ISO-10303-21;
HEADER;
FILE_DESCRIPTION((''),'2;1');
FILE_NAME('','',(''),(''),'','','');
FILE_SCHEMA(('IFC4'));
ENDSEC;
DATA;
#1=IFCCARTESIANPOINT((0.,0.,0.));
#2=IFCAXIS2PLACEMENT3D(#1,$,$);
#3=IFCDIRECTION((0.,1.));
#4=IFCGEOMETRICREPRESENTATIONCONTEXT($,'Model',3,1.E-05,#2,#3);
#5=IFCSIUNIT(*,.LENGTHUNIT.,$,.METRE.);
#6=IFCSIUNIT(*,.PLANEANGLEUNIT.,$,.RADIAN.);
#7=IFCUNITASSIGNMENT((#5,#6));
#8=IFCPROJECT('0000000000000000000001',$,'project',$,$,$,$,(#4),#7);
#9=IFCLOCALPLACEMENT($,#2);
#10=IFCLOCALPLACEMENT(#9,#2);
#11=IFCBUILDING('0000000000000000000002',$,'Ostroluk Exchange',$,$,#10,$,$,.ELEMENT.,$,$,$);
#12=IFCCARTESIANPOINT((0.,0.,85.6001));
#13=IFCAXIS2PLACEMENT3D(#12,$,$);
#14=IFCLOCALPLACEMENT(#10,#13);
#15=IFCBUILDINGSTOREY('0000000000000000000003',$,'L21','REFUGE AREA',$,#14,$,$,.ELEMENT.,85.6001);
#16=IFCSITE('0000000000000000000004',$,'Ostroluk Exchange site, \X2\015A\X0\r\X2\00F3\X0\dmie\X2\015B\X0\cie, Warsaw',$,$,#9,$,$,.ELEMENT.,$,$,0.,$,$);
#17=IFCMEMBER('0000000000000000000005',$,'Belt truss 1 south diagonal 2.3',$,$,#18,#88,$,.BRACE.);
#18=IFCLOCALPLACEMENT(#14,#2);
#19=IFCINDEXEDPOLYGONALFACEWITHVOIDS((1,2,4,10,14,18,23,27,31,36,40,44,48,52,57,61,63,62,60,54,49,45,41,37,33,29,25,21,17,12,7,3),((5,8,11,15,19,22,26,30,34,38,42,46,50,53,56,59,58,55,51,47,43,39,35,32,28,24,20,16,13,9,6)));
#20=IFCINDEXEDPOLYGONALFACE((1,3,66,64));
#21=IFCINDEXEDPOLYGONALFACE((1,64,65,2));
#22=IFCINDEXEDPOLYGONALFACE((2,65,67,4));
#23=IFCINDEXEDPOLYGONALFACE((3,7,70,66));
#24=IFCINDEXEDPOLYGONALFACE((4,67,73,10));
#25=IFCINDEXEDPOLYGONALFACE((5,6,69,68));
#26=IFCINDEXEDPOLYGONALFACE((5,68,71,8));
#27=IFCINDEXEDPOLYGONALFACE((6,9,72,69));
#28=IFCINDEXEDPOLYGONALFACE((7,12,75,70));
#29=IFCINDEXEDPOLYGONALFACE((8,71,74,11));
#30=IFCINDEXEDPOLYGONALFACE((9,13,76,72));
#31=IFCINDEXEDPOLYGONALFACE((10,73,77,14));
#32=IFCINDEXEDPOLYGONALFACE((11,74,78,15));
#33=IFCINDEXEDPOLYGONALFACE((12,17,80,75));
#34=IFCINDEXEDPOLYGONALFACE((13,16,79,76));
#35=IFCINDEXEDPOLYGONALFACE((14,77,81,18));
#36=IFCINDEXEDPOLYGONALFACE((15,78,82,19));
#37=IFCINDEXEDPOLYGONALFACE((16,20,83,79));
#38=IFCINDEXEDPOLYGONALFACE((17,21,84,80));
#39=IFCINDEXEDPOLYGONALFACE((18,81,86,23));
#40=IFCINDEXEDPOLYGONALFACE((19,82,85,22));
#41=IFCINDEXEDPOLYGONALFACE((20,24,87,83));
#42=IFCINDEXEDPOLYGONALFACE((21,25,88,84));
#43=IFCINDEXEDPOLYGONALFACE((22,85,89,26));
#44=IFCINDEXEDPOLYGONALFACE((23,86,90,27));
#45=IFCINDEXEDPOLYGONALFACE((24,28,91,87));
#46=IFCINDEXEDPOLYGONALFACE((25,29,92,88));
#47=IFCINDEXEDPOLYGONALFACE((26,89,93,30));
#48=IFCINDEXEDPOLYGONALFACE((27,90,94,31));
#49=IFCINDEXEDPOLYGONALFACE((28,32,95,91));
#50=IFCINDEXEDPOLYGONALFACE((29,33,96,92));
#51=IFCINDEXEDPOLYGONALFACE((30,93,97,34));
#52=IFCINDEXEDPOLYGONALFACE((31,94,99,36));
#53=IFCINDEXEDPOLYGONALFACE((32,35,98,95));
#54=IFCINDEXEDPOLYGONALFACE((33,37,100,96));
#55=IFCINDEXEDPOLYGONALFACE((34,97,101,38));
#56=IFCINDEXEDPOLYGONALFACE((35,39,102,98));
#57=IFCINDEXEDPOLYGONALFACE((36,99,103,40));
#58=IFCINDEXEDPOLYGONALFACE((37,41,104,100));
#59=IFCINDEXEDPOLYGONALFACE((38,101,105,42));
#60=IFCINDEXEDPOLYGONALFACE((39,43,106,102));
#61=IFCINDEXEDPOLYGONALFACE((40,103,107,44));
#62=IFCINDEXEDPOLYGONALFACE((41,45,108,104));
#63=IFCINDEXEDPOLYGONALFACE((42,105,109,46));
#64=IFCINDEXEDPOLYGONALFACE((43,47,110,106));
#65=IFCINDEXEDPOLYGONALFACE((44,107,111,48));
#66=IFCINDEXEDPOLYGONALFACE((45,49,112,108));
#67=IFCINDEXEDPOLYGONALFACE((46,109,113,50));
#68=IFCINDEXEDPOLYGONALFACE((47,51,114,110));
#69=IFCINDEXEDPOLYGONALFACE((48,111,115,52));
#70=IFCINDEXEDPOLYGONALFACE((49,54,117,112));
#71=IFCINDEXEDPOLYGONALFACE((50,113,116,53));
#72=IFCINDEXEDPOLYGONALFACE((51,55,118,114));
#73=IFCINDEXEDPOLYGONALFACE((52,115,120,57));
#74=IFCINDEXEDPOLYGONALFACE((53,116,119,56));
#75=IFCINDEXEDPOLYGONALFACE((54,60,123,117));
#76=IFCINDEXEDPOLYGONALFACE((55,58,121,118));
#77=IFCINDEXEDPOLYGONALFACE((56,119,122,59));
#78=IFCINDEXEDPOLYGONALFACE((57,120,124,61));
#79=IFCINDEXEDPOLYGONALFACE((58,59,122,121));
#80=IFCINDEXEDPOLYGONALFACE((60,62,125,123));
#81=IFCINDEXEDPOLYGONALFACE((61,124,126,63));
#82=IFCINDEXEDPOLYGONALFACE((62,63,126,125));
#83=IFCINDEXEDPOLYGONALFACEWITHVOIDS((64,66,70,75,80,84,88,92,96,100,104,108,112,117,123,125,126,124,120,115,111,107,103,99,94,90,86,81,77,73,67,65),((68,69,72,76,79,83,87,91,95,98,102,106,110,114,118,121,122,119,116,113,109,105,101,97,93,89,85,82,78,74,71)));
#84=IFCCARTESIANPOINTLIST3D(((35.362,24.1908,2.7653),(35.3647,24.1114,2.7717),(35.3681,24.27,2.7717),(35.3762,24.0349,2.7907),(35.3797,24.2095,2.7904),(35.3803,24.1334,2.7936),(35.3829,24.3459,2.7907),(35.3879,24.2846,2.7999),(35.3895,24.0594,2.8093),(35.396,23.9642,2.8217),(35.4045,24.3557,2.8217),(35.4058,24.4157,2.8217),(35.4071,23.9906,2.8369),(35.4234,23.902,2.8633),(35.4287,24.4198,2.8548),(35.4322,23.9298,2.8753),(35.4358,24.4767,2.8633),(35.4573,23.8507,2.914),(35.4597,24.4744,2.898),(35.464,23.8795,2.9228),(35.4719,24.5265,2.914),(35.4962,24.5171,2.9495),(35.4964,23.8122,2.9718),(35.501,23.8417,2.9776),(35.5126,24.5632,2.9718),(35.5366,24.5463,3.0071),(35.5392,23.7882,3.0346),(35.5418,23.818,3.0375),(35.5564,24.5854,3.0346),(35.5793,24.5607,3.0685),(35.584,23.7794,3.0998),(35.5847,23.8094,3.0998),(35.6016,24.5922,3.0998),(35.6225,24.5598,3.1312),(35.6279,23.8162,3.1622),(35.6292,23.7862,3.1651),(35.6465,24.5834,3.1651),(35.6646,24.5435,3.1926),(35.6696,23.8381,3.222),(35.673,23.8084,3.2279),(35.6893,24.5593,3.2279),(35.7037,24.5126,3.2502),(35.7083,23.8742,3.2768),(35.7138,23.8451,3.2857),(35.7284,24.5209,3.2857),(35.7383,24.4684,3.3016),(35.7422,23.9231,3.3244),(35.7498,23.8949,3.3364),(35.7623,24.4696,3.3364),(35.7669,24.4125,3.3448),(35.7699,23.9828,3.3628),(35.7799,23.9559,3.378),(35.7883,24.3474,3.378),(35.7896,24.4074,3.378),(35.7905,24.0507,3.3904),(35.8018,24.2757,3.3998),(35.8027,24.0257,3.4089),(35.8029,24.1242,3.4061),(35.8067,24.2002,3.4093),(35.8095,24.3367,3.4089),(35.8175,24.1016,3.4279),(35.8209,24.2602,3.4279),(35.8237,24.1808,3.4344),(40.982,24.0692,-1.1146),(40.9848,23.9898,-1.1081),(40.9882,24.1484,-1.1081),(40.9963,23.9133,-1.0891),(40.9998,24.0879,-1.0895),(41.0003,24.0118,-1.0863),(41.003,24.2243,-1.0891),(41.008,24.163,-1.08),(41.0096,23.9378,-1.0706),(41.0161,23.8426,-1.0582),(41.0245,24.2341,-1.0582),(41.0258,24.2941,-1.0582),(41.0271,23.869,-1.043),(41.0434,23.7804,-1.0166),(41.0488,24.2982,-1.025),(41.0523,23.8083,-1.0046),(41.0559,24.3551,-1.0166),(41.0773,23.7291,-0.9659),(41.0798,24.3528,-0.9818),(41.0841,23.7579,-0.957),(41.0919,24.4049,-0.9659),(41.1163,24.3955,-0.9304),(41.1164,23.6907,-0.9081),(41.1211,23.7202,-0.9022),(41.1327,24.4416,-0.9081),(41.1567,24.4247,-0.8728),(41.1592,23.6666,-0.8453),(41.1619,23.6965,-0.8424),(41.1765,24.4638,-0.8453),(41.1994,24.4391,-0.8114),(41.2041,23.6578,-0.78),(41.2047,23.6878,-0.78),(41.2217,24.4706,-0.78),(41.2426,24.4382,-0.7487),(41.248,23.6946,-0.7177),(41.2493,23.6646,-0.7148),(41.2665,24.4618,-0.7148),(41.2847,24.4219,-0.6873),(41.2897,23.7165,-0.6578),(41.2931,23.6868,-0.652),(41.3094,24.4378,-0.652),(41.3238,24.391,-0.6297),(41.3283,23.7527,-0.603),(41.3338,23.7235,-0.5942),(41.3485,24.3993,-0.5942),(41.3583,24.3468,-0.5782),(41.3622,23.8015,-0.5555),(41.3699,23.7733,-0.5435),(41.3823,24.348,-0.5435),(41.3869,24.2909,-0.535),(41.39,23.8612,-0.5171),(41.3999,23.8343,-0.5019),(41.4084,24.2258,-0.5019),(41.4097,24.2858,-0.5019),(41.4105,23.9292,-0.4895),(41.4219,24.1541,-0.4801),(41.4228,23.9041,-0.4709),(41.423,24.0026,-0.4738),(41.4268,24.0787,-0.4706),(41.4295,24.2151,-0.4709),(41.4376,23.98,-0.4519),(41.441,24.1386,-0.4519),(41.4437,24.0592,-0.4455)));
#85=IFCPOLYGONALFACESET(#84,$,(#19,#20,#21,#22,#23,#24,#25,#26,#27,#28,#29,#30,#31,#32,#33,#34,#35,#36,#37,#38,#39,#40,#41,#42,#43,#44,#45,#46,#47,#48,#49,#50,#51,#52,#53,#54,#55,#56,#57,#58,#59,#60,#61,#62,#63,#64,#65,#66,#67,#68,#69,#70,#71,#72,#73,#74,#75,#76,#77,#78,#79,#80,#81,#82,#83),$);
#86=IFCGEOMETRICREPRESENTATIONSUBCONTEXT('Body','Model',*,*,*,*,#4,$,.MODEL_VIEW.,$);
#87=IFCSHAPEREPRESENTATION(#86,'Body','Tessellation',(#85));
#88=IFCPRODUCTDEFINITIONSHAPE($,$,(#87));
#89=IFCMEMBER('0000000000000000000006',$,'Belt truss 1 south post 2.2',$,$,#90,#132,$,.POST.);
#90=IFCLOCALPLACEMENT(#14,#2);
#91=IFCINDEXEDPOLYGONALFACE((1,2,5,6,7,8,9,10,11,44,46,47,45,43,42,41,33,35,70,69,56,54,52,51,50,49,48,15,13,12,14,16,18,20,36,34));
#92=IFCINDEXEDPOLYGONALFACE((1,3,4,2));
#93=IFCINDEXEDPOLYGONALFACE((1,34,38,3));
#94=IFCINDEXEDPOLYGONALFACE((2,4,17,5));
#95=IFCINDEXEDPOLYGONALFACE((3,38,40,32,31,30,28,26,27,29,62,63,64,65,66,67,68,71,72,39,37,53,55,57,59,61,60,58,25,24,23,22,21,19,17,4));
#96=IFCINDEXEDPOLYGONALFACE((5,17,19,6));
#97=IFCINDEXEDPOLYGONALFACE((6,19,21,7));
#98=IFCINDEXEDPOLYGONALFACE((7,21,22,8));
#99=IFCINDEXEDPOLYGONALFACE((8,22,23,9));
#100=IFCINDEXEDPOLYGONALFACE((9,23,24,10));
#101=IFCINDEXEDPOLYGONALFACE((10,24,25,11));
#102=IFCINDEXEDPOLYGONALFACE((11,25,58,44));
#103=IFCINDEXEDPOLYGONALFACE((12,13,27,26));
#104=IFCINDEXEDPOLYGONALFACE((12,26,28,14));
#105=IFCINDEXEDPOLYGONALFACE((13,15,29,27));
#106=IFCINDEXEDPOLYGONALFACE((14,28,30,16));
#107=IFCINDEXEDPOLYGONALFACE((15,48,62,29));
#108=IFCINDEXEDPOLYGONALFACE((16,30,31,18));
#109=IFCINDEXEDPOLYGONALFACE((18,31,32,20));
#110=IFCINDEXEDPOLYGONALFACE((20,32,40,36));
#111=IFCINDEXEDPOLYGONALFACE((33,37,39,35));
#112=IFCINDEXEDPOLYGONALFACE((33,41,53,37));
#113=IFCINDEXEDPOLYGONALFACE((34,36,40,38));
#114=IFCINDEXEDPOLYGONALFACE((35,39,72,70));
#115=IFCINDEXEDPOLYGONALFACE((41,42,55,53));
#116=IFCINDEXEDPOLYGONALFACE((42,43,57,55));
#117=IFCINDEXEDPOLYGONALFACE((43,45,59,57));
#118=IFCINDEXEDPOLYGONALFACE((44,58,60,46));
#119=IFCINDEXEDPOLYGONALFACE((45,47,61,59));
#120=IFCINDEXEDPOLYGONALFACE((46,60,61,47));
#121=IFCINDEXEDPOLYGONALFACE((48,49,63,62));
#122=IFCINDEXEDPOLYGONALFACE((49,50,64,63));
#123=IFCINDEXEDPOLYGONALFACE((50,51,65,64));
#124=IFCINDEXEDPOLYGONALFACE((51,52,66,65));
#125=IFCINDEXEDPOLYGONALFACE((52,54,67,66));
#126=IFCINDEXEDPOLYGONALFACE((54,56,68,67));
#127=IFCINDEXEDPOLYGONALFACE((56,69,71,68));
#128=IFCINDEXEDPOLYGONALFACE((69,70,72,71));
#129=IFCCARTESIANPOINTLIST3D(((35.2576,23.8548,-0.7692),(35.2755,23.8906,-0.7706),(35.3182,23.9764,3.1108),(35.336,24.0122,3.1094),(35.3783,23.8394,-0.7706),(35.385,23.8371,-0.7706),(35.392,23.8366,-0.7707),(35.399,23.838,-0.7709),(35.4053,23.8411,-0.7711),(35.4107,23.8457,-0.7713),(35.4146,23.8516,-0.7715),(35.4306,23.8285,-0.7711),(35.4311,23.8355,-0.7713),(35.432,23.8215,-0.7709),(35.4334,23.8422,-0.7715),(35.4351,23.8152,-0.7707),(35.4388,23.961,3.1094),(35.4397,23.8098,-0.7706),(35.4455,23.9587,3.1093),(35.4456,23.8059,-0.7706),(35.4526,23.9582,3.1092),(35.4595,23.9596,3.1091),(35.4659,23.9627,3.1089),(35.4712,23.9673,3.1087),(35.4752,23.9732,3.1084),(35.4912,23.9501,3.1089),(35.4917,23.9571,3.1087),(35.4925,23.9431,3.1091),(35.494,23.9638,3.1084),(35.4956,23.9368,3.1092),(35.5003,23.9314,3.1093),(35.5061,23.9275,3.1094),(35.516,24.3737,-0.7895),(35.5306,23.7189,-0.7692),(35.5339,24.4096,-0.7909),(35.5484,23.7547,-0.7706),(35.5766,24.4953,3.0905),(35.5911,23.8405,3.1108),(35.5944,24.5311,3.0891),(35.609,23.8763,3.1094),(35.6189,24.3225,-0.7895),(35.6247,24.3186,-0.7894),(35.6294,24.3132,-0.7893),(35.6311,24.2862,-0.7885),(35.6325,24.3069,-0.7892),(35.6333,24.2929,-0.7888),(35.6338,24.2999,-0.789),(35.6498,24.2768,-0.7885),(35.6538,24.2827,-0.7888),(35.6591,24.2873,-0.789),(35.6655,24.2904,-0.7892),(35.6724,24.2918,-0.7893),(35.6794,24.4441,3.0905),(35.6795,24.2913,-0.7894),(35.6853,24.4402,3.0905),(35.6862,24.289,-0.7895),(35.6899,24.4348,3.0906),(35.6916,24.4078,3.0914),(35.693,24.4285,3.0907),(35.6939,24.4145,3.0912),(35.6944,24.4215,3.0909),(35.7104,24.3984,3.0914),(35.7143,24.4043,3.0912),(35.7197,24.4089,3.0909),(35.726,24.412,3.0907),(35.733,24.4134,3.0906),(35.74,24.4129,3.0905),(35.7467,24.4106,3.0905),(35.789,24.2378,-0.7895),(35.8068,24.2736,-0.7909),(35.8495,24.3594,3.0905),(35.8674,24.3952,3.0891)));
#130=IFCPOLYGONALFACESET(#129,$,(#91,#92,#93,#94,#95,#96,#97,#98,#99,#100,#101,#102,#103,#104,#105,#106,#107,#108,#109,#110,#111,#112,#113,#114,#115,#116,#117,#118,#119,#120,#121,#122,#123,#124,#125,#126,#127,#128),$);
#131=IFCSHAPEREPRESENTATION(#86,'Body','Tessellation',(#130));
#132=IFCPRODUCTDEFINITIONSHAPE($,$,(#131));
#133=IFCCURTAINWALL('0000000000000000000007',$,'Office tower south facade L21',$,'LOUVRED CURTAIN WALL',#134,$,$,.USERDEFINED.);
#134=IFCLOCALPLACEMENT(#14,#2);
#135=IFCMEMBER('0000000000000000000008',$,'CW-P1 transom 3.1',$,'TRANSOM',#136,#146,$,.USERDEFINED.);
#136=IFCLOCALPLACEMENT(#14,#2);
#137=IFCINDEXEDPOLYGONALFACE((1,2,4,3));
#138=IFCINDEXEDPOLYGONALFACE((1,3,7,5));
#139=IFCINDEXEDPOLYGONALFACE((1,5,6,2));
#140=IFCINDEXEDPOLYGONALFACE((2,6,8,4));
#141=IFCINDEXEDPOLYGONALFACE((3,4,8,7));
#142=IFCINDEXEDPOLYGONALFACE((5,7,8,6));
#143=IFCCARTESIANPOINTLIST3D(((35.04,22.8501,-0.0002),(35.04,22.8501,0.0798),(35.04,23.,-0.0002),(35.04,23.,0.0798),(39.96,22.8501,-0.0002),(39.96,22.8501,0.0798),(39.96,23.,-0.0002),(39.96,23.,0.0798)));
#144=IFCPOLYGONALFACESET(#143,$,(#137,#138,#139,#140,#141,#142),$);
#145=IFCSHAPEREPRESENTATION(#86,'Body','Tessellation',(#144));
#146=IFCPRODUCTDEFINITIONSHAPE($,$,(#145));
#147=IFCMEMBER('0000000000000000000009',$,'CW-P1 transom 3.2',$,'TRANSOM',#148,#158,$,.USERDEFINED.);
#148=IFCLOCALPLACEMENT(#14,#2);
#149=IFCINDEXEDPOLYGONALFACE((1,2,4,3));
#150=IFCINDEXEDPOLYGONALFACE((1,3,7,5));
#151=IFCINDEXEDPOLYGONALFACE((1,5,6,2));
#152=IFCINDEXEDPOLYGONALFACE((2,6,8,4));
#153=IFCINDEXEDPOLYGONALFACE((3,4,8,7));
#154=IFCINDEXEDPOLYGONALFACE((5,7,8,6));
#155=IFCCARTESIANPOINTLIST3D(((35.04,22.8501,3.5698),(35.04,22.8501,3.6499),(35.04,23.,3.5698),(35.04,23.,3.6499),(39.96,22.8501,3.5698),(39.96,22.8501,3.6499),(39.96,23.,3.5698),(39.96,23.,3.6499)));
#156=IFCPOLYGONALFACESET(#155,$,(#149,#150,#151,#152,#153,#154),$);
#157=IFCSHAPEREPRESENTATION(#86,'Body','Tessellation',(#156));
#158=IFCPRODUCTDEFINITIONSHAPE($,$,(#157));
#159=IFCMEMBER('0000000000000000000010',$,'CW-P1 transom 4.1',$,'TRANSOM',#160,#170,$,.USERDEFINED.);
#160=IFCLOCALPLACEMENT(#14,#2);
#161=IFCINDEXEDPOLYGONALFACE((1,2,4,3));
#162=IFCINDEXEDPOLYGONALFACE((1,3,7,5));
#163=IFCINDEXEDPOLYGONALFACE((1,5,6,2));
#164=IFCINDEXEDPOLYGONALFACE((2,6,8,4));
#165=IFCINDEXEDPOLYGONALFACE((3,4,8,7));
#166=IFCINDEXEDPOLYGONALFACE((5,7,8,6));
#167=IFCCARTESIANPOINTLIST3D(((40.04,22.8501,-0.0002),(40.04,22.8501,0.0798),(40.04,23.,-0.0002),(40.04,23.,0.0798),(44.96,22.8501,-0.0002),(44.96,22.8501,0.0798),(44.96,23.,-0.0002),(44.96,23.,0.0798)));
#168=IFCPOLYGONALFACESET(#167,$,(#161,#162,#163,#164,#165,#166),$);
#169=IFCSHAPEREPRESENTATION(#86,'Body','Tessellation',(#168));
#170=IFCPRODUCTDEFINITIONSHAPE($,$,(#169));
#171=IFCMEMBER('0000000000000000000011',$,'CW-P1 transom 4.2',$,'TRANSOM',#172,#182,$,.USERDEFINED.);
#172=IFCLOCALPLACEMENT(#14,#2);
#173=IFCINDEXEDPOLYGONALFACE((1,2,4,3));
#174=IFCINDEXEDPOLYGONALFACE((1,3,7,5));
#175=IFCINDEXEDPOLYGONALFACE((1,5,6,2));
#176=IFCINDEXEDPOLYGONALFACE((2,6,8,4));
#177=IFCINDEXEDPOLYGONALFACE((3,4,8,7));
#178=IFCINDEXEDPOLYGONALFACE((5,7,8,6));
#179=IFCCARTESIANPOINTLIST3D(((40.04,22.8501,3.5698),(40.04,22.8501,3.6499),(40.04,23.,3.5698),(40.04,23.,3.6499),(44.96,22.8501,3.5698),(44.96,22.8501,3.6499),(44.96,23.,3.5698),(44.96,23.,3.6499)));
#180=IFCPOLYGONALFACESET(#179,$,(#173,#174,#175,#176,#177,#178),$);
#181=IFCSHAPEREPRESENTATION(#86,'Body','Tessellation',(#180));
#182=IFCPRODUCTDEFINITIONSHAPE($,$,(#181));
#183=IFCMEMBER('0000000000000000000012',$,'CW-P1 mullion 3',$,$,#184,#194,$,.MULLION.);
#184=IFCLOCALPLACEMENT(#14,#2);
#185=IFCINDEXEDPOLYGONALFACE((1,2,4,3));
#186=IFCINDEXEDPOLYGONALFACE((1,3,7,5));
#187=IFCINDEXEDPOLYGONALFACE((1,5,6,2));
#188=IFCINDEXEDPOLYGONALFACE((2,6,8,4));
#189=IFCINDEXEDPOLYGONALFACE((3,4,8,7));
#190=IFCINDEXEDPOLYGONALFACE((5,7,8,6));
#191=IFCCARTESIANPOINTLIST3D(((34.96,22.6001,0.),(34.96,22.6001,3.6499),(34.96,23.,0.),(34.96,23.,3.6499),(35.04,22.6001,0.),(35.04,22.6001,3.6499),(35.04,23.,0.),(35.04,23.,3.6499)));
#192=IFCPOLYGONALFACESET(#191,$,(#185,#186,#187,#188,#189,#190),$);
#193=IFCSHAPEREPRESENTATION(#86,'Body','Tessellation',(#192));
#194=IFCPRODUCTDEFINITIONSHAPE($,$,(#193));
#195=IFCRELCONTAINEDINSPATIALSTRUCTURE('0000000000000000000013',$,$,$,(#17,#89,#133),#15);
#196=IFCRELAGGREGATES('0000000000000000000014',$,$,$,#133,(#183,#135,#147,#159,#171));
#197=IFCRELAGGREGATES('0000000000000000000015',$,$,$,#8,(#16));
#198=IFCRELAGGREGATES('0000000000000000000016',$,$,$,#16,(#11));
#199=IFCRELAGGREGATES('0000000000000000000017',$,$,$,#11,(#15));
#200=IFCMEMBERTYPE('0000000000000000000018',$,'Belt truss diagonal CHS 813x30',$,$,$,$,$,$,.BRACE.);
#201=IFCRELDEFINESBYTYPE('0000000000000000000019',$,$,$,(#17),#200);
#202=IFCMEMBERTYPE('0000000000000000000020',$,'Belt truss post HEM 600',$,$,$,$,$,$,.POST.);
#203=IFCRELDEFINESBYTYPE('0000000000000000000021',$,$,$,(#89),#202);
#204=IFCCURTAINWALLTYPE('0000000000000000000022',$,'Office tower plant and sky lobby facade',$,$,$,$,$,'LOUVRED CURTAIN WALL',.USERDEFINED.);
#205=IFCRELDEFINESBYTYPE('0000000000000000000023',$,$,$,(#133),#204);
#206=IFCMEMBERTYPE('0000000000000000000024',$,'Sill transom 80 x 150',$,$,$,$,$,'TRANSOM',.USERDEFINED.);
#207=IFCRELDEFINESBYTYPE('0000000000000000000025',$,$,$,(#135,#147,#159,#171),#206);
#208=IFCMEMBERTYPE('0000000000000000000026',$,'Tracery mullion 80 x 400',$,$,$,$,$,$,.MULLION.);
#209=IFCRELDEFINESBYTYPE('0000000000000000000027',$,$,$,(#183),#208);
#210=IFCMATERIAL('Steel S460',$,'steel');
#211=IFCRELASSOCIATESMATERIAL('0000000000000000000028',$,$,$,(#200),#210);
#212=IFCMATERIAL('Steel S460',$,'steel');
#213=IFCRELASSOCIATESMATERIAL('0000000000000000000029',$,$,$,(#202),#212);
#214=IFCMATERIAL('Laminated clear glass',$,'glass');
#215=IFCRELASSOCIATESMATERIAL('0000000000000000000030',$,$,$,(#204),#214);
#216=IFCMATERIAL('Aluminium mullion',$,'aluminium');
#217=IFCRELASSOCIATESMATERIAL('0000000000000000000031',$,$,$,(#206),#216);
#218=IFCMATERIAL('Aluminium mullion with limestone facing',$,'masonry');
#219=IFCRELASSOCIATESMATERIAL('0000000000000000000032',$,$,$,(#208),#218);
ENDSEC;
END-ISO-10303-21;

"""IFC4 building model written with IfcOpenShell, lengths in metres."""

from ifc_helpers import new_model, si_unit, direction, frame, origin, origin_2d, place, context, subcontext, project, spatial, rectangle, hollow_circle, i_section, extrude, material, material_profile, profile_set, type_object, element, aggregate, save


model = new_model("IFC4")

# Units and contexts
model_context = context("Model", 3, precision=1e-05, world=origin(), true_north=direction((0.0, 1.0)))
body_context = subcontext(model_context, "Body", "Model", "MODEL_VIEW")
ifc_project = project(units=[si_unit("LENGTHUNIT", "METRE"), si_unit("PLANEANGLEUNIT", "RADIAN")], contexts=[model_context])

# Site, building, storey
site_placement = place(None, origin())
site = spatial("IfcSite", under=ifc_project, at=site_placement, Name="Ostroluk Exchange site, Śródmieście, Warsaw", CompositionType="ELEMENT", RefElevation=0.0)
building_placement = place(site_placement, origin())
building = spatial("IfcBuilding", under=site, at=building_placement, Name="Ostroluk Exchange", CompositionType="ELEMENT")
storey_placement = place(building_placement, frame((0.0, 0.0, 85.6001)))
storey = spatial("IfcBuildingStorey", under=building, at=storey_placement, Name="L21", Description="REFUGE AREA", CompositionType="ELEMENT", Elevation=85.6001)

# Members
ifc_material_1 = material(Name="Steel S460", Category="steel")
ifc_material_profile_1 = material_profile(ifc_material_1, hollow_circle(Radius=0.4065, WallThickness=0.03, at=origin_2d()), Name="CHS 813x30")
ifc_profile_set_1 = profile_set([ifc_material_profile_1], Name="Steel S460")
member_type_1 = type_object("IfcMemberType", Name="Belt truss diagonal CHS 813x30", PredefinedType="BRACE", material=ifc_profile_set_1)
member_1_placement = place(storey_placement, frame((41.2129, 24.0642, -0.78), z_axis=(-0.822813, 0.0178, 0.568034), x_axis=(-0.021628, -0.999766, 0.0)))
element("IfcMember", 1, at=member_1_placement, inside=storey, type_object=member_type_1, Name="Belt truss 1 south diagonal 2.3", PredefinedType="BRACE", context=body_context, shape_type="SweptSolid", body=[
    extrude(hollow_circle(Radius=0.4065, WallThickness=0.03, at=origin_2d()), origin(), (0.0, 0.0, 1.0), 6.8303),
])
ifc_material_2 = material(Name="Steel S460", Category="steel")
ifc_material_profile_2 = material_profile(ifc_material_2, i_section(OverallWidth=0.3049, OverallDepth=0.6201, WebThickness=0.021, FlangeThickness=0.04, FilletRadius=0.0271, at=origin_2d()), Name="HEM 600")
ifc_profile_set_2 = profile_set([ifc_material_profile_2], Name="Steel S460")
member_type_2 = type_object("IfcMemberType", Name="Belt truss post HEM 600", PredefinedType="POST", material=ifc_profile_set_2)
member_2_placement = place(storey_placement, frame((35.5322, 24.0642, -0.78), z_axis=(0.015596, 0.031317, 0.999388), x_axis=(-0.895145, 0.445775, 0.0)))
element("IfcMember", 2, at=member_2_placement, inside=storey, type_object=member_type_2, Name="Belt truss 1 south post 2.2", PredefinedType="POST", context=body_context, shape_type="SweptSolid", body=[
    extrude(i_section(OverallWidth=0.3049, OverallDepth=0.6201, WebThickness=0.021, FlangeThickness=0.04, FilletRadius=0.0271, at=origin_2d()), origin(), (0.0, 0.0, 1.0), 3.8823),
])

# Curtain wall, members
ifc_material_3 = material(Name="Laminated clear glass", Category="glass")
curtain_wall_type = type_object("IfcCurtainWallType", Name="Office tower plant and sky lobby facade", ElementType="LOUVRED CURTAIN WALL", PredefinedType="USERDEFINED", material=ifc_material_3)
curtain_wall_placement = place(storey_placement, origin())
curtain_wall = element("IfcCurtainWall", 3, at=curtain_wall_placement, inside=storey, type_object=curtain_wall_type, Name="Office tower south facade L21", ObjectType="LOUVRED CURTAIN WALL", PredefinedType="USERDEFINED")
ifc_material_4 = material(Name="Aluminium mullion", Category="aluminium")
ifc_material_profile_3 = material_profile(ifc_material_4, rectangle(XDim=0.1499, YDim=0.0801, at=origin_2d()), Name="Sill transom 80 x 150")
ifc_profile_set_3 = profile_set([ifc_material_profile_3], Name="Aluminium mullion")
member_type_3 = type_object("IfcMemberType", Name="Sill transom 80 x 150", ElementType="TRANSOM", PredefinedType="USERDEFINED", material=ifc_profile_set_3)
member_3_placement = place(storey_placement, frame((35.04, 22.925, 0.0398), z_axis=(1.0, 0.0, 0.0), x_axis=(0.0, 1.0, 0.0)))
member_3 = element("IfcMember", 4, at=member_3_placement, type_object=member_type_3, Name="CW-P1 transom 3.1", ObjectType="TRANSOM", PredefinedType="USERDEFINED", context=body_context, shape_type="SweptSolid", body=[
    extrude(rectangle(XDim=0.1499, YDim=0.0801, at=origin_2d()), origin(), (0.0, 0.0, 1.0), 4.9199),
])
member_4_placement = place(storey_placement, frame((35.04, 22.925, 3.6099), z_axis=(1.0, 0.0, 0.0), x_axis=(0.0, 1.0, 0.0)))
member_4 = element("IfcMember", 5, at=member_4_placement, type_object=member_type_3, Name="CW-P1 transom 3.2", ObjectType="TRANSOM", PredefinedType="USERDEFINED", context=body_context, shape_type="SweptSolid", body=[
    extrude(rectangle(XDim=0.1499, YDim=0.0801, at=origin_2d()), origin(), (0.0, 0.0, 1.0), 4.9199),
])
member_5_placement = place(storey_placement, frame((40.04, 22.925, 0.0398), z_axis=(1.0, 0.0, 0.0), x_axis=(0.0, 1.0, 0.0)))
member_5 = element("IfcMember", 6, at=member_5_placement, type_object=member_type_3, Name="CW-P1 transom 4.1", ObjectType="TRANSOM", PredefinedType="USERDEFINED", context=body_context, shape_type="SweptSolid", body=[
    extrude(rectangle(XDim=0.1499, YDim=0.0801, at=origin_2d()), origin(), (0.0, 0.0, 1.0), 4.9199),
])
member_6_placement = place(storey_placement, frame((40.04, 22.925, 3.6099), z_axis=(1.0, 0.0, 0.0), x_axis=(0.0, 1.0, 0.0)))
member_6 = element("IfcMember", 7, at=member_6_placement, type_object=member_type_3, Name="CW-P1 transom 4.2", ObjectType="TRANSOM", PredefinedType="USERDEFINED", context=body_context, shape_type="SweptSolid", body=[
    extrude(rectangle(XDim=0.1499, YDim=0.0801, at=origin_2d()), origin(), (0.0, 0.0, 1.0), 4.9199),
])
ifc_material_5 = material(Name="Aluminium mullion with limestone facing", Category="masonry")
ifc_material_profile_4 = material_profile(ifc_material_5, rectangle(XDim=0.3999, YDim=0.0801, at=origin_2d()), Name="Tracery mullion 80 x 400")
ifc_profile_set_4 = profile_set([ifc_material_profile_4], Name="Aluminium mullion with limestone facing")
member_type_4 = type_object("IfcMemberType", Name="Tracery mullion 80 x 400", PredefinedType="MULLION", material=ifc_profile_set_4)
member_7_placement = place(storey_placement, frame((35.0, 22.8, 0.0), z_axis=(0.0, 0.0, 1.0), x_axis=(0.0, 1.0, 0.0)))
member_7 = element("IfcMember", 8, at=member_7_placement, type_object=member_type_4, Name="CW-P1 mullion 3", PredefinedType="MULLION", context=body_context, shape_type="SweptSolid", body=[
    extrude(rectangle(XDim=0.3999, YDim=0.0801, at=origin_2d()), origin(), (0.0, 0.0, 1.0), 3.6499),
])
aggregate(curtain_wall, [member_7, member_3, member_4, member_5, member_6])

save(model, "model.ifc")
